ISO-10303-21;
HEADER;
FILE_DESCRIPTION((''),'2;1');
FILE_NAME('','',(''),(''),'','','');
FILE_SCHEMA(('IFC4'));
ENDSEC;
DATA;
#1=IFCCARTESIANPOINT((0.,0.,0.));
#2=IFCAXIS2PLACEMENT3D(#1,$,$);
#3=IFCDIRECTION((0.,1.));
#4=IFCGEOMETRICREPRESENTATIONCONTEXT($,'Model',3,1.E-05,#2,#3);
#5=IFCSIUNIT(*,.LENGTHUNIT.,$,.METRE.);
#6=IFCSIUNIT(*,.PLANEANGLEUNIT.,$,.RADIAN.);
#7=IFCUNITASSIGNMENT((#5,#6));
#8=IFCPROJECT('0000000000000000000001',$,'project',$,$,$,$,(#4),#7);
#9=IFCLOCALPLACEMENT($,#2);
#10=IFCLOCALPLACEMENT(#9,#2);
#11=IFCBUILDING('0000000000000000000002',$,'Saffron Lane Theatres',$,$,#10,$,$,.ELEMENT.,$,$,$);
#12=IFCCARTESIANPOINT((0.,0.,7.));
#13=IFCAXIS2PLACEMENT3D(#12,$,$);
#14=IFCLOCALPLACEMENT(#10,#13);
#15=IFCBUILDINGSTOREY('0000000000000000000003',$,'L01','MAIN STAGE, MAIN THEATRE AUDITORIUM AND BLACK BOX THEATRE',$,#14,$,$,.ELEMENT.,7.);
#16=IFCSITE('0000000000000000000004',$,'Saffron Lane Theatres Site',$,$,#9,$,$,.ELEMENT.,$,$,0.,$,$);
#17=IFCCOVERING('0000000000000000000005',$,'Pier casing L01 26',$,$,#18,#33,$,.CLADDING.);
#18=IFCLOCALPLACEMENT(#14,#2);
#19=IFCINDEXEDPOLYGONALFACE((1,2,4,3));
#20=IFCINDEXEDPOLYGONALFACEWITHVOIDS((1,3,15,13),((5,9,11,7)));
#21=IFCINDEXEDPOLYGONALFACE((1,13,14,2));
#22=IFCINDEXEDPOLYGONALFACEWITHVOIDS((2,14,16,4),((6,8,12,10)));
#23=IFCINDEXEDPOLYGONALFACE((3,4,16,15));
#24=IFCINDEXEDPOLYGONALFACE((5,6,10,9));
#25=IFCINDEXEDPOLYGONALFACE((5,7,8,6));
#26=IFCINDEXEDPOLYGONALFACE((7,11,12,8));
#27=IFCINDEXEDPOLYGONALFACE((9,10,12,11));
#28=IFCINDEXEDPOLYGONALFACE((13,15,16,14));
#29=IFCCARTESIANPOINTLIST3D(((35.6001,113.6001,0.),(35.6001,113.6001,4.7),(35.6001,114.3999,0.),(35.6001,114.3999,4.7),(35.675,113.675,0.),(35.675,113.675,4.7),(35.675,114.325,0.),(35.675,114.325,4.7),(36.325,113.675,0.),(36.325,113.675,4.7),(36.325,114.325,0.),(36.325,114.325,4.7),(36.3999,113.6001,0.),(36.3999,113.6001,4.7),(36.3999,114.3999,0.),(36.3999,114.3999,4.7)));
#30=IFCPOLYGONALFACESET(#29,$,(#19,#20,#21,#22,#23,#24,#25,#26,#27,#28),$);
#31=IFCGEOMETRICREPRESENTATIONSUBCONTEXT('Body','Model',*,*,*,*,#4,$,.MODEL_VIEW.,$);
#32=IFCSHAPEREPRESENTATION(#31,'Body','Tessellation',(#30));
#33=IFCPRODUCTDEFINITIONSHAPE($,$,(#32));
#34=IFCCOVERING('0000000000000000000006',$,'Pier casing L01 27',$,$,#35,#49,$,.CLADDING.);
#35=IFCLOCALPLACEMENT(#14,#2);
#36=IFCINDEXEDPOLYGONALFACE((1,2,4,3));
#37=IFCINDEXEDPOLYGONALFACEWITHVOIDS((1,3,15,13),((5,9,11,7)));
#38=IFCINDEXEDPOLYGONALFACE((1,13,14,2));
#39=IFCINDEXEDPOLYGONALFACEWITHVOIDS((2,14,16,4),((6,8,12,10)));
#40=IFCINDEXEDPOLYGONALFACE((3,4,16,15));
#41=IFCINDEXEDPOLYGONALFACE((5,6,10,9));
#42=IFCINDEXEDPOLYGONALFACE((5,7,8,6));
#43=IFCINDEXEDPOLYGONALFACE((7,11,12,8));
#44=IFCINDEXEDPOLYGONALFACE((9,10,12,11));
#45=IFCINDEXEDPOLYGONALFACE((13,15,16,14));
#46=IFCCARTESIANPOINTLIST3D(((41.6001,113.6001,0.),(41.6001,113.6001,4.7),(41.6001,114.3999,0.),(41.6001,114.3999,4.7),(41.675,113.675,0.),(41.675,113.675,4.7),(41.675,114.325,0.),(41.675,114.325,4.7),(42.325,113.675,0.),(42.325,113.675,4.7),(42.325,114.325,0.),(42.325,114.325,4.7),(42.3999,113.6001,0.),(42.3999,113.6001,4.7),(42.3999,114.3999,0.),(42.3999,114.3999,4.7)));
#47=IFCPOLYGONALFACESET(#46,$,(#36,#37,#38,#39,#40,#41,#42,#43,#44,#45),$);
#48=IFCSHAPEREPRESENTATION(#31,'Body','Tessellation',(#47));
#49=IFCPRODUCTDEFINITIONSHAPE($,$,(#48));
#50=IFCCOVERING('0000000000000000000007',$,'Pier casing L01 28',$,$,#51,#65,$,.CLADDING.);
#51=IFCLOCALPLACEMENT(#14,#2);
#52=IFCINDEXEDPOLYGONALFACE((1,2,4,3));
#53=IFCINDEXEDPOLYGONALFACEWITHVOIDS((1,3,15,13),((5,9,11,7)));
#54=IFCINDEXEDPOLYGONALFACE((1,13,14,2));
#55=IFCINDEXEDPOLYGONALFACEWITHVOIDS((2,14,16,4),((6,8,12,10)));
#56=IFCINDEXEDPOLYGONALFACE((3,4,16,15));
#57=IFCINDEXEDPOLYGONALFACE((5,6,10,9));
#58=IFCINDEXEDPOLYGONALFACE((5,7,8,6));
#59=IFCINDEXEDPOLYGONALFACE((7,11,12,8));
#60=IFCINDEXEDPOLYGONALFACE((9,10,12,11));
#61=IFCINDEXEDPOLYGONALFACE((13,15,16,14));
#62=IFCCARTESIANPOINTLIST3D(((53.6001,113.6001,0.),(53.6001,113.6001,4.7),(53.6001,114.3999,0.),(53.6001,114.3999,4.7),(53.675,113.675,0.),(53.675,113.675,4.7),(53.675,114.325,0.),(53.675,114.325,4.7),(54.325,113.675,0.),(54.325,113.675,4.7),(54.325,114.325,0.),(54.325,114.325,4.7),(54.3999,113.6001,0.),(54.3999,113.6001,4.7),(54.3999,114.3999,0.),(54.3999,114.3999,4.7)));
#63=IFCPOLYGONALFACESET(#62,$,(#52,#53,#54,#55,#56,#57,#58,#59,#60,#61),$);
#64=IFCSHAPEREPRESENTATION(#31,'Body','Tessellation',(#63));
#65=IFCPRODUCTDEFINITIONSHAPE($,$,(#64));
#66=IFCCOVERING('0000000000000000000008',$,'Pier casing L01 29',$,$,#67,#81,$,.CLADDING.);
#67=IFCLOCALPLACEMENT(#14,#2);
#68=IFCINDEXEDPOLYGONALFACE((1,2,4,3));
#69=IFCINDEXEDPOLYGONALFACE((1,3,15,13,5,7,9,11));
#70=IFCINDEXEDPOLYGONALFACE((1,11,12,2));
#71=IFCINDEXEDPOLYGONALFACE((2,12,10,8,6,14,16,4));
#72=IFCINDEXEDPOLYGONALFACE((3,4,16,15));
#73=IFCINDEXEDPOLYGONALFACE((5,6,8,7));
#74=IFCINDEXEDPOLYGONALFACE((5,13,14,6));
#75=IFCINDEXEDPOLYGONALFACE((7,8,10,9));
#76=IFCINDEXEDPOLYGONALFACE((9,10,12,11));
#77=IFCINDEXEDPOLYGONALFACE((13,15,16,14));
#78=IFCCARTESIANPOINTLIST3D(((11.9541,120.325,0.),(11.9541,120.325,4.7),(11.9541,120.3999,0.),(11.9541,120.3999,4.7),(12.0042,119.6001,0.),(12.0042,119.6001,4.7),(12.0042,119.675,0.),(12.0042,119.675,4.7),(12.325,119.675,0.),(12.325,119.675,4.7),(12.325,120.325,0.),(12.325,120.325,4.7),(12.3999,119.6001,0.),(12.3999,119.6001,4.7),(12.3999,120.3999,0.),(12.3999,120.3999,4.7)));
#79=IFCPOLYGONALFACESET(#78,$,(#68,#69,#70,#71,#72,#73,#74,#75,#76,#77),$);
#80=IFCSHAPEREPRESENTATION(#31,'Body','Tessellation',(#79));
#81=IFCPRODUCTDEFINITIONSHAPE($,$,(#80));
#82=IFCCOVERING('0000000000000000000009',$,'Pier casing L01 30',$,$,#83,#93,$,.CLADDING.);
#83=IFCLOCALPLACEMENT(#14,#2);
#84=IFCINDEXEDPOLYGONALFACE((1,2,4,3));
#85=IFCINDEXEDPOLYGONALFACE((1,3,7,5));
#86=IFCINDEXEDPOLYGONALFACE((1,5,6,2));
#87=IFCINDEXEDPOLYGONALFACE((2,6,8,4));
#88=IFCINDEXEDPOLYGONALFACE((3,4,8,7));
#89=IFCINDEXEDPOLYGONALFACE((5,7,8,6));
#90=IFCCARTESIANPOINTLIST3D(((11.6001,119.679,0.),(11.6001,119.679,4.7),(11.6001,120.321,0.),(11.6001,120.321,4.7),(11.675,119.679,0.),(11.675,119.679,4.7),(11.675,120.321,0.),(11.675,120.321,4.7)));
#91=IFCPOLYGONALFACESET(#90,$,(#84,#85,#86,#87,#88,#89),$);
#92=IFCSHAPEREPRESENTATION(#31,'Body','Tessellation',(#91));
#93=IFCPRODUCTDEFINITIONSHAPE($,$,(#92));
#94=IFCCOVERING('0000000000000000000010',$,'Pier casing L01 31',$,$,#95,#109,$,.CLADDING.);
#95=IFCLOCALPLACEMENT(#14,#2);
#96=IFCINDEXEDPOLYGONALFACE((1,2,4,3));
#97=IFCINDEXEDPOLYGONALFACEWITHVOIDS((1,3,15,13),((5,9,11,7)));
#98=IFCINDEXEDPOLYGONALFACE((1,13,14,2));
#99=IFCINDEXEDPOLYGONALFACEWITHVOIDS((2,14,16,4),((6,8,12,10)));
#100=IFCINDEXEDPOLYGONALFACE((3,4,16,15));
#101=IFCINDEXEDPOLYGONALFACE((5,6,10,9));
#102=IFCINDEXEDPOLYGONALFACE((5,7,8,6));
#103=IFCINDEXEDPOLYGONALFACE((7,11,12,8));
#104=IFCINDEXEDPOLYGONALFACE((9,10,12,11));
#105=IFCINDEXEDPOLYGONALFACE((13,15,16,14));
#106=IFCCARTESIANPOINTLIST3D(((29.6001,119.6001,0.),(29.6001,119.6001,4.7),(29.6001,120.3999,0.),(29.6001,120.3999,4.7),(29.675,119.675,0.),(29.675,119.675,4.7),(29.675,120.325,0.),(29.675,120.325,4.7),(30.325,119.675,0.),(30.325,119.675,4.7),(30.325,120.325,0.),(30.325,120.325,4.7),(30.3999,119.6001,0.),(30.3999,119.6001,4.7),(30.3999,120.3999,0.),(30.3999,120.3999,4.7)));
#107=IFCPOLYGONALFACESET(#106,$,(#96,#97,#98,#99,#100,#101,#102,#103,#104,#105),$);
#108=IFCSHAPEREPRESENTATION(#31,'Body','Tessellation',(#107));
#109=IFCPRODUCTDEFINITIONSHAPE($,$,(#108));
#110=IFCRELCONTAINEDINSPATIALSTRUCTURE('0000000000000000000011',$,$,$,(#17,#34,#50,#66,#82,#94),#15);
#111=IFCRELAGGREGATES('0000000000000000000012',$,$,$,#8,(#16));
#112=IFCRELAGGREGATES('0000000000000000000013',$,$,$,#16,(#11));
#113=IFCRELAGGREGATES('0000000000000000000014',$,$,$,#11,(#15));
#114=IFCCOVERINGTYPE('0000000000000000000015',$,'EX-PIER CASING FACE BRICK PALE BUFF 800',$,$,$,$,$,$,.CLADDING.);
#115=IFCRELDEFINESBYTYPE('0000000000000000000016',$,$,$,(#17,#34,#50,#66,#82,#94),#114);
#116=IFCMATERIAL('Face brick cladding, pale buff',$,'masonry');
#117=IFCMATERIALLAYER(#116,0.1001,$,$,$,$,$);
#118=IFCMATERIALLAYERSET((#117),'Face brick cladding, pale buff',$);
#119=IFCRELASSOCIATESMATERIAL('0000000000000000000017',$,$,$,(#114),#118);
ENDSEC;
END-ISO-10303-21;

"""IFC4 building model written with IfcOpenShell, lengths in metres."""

from ifc_helpers import new_model, si_unit, direction, frame, origin, place, context, subcontext, project, spatial, polyline, outline, extrude, material, layer, layer_set, type_object, element, save


model = new_model("IFC4")

# Units and contexts
model_context = context("Model", 3, precision=1e-05, world=origin(), true_north=direction((0.0, 1.0)))
body_context = subcontext(model_context, "Body", "Model", "MODEL_VIEW")
ifc_project = project(units=[si_unit("LENGTHUNIT", "METRE"), si_unit("PLANEANGLEUNIT", "RADIAN")], contexts=[model_context])

# Site, building, storey
site_placement = place(None, origin())
site = spatial("IfcSite", under=ifc_project, at=site_placement, Name="Saffron Lane Theatres Site", CompositionType="ELEMENT", RefElevation=0.0)
building_placement = place(site_placement, origin())
building = spatial("IfcBuilding", under=site, at=building_placement, Name="Saffron Lane Theatres", CompositionType="ELEMENT")
storey_placement = place(building_placement, frame((0.0, 0.0, 7.0)))
storey = spatial("IfcBuildingStorey", under=building, at=storey_placement, Name="L01", Description="MAIN STAGE, MAIN THEATRE AUDITORIUM AND BLACK BOX THEATRE", CompositionType="ELEMENT", Elevation=7.0)

# Coverings
ifc_material_1 = material(Name="Face brick cladding, pale buff", Category="masonry")
ifc_layer_1 = layer(ifc_material_1, 0.1001)
ifc_layer_set_1 = layer_set([ifc_layer_1], Name="Face brick cladding, pale buff")
covering_type = type_object("IfcCoveringType", Name="EX-PIER CASING FACE BRICK PALE BUFF 800", PredefinedType="CLADDING", material=ifc_layer_set_1)
covering_1_placement = place(storey_placement, origin())
element("IfcCovering", 1, at=covering_1_placement, inside=storey, type_object=covering_type, Name="Pier casing L01 26", PredefinedType="CLADDING", context=body_context, shape_type="SweptSolid", body=[
    extrude(outline(polyline([(36.3999, 114.3999), (35.6001, 114.3999), (35.6001, 113.6001), (36.3999, 113.6001), (36.3999, 114.3999)]), holes=[polyline([(35.675, 114.325), (36.325, 114.325), (36.325, 113.675), (35.675, 113.675), (35.675, 114.325)])]), origin(), (0.0, 0.0, 1.0), 4.7),
])
covering_2_placement = place(storey_placement, origin())
element("IfcCovering", 2, at=covering_2_placement, inside=storey, type_object=covering_type, Name="Pier casing L01 27", PredefinedType="CLADDING", context=body_context, shape_type="SweptSolid", body=[
    extrude(outline(polyline([(42.3999, 114.3999), (41.6001, 114.3999), (41.6001, 113.6001), (42.3999, 113.6001), (42.3999, 114.3999)]), holes=[polyline([(41.675, 114.325), (42.325, 114.325), (42.325, 113.675), (41.675, 113.675), (41.675, 114.325)])]), origin(), (0.0, 0.0, 1.0), 4.7),
])
covering_3_placement = place(storey_placement, origin())
element("IfcCovering", 3, at=covering_3_placement, inside=storey, type_object=covering_type, Name="Pier casing L01 28", PredefinedType="CLADDING", context=body_context, shape_type="SweptSolid", body=[
    extrude(outline(polyline([(54.3999, 114.3999), (53.6001, 114.3999), (53.6001, 113.6001), (54.3999, 113.6001), (54.3999, 114.3999)]), holes=[polyline([(53.675, 114.325), (54.325, 114.325), (54.325, 113.675), (53.675, 113.675), (53.675, 114.325)])]), origin(), (0.0, 0.0, 1.0), 4.7),
])
covering_4_placement = place(storey_placement, origin())
element("IfcCovering", 4, at=covering_4_placement, inside=storey, type_object=covering_type, Name="Pier casing L01 29", PredefinedType="CLADDING", context=body_context, shape_type="SweptSolid", body=[
    extrude(outline(polyline([(12.3999, 120.3999), (11.9541, 120.3999), (11.9541, 120.325), (12.325, 120.325), (12.325, 119.675), (12.0042, 119.675), (12.0042, 119.6001), (12.3999, 119.6001), (12.3999, 120.3999)])), origin(), (0.0, 0.0, 1.0), 4.7),
])
covering_5_placement = place(storey_placement, origin())
element("IfcCovering", 5, at=covering_5_placement, inside=storey, type_object=covering_type, Name="Pier casing L01 30", PredefinedType="CLADDING", context=body_context, shape_type="SweptSolid", body=[
    extrude(outline(polyline([(11.6001, 120.321), (11.6001, 119.679), (11.6001, 119.679), (11.675, 119.679), (11.675, 120.321), (11.6001, 120.321)])), origin(), (0.0, 0.0, 1.0), 4.7),
])
covering_6_placement = place(storey_placement, origin())
element("IfcCovering", 6, at=covering_6_placement, inside=storey, type_object=covering_type, Name="Pier casing L01 31", PredefinedType="CLADDING", context=body_context, shape_type="SweptSolid", body=[
    extrude(outline(polyline([(30.3999, 120.3999), (29.6001, 120.3999), (29.6001, 119.6001), (30.3999, 119.6001), (30.3999, 120.3999)]), holes=[polyline([(29.675, 120.325), (30.325, 120.325), (30.325, 119.675), (29.675, 119.675), (29.675, 120.325)])]), origin(), (0.0, 0.0, 1.0), 4.7),
])

save(model, "model.ifc")
